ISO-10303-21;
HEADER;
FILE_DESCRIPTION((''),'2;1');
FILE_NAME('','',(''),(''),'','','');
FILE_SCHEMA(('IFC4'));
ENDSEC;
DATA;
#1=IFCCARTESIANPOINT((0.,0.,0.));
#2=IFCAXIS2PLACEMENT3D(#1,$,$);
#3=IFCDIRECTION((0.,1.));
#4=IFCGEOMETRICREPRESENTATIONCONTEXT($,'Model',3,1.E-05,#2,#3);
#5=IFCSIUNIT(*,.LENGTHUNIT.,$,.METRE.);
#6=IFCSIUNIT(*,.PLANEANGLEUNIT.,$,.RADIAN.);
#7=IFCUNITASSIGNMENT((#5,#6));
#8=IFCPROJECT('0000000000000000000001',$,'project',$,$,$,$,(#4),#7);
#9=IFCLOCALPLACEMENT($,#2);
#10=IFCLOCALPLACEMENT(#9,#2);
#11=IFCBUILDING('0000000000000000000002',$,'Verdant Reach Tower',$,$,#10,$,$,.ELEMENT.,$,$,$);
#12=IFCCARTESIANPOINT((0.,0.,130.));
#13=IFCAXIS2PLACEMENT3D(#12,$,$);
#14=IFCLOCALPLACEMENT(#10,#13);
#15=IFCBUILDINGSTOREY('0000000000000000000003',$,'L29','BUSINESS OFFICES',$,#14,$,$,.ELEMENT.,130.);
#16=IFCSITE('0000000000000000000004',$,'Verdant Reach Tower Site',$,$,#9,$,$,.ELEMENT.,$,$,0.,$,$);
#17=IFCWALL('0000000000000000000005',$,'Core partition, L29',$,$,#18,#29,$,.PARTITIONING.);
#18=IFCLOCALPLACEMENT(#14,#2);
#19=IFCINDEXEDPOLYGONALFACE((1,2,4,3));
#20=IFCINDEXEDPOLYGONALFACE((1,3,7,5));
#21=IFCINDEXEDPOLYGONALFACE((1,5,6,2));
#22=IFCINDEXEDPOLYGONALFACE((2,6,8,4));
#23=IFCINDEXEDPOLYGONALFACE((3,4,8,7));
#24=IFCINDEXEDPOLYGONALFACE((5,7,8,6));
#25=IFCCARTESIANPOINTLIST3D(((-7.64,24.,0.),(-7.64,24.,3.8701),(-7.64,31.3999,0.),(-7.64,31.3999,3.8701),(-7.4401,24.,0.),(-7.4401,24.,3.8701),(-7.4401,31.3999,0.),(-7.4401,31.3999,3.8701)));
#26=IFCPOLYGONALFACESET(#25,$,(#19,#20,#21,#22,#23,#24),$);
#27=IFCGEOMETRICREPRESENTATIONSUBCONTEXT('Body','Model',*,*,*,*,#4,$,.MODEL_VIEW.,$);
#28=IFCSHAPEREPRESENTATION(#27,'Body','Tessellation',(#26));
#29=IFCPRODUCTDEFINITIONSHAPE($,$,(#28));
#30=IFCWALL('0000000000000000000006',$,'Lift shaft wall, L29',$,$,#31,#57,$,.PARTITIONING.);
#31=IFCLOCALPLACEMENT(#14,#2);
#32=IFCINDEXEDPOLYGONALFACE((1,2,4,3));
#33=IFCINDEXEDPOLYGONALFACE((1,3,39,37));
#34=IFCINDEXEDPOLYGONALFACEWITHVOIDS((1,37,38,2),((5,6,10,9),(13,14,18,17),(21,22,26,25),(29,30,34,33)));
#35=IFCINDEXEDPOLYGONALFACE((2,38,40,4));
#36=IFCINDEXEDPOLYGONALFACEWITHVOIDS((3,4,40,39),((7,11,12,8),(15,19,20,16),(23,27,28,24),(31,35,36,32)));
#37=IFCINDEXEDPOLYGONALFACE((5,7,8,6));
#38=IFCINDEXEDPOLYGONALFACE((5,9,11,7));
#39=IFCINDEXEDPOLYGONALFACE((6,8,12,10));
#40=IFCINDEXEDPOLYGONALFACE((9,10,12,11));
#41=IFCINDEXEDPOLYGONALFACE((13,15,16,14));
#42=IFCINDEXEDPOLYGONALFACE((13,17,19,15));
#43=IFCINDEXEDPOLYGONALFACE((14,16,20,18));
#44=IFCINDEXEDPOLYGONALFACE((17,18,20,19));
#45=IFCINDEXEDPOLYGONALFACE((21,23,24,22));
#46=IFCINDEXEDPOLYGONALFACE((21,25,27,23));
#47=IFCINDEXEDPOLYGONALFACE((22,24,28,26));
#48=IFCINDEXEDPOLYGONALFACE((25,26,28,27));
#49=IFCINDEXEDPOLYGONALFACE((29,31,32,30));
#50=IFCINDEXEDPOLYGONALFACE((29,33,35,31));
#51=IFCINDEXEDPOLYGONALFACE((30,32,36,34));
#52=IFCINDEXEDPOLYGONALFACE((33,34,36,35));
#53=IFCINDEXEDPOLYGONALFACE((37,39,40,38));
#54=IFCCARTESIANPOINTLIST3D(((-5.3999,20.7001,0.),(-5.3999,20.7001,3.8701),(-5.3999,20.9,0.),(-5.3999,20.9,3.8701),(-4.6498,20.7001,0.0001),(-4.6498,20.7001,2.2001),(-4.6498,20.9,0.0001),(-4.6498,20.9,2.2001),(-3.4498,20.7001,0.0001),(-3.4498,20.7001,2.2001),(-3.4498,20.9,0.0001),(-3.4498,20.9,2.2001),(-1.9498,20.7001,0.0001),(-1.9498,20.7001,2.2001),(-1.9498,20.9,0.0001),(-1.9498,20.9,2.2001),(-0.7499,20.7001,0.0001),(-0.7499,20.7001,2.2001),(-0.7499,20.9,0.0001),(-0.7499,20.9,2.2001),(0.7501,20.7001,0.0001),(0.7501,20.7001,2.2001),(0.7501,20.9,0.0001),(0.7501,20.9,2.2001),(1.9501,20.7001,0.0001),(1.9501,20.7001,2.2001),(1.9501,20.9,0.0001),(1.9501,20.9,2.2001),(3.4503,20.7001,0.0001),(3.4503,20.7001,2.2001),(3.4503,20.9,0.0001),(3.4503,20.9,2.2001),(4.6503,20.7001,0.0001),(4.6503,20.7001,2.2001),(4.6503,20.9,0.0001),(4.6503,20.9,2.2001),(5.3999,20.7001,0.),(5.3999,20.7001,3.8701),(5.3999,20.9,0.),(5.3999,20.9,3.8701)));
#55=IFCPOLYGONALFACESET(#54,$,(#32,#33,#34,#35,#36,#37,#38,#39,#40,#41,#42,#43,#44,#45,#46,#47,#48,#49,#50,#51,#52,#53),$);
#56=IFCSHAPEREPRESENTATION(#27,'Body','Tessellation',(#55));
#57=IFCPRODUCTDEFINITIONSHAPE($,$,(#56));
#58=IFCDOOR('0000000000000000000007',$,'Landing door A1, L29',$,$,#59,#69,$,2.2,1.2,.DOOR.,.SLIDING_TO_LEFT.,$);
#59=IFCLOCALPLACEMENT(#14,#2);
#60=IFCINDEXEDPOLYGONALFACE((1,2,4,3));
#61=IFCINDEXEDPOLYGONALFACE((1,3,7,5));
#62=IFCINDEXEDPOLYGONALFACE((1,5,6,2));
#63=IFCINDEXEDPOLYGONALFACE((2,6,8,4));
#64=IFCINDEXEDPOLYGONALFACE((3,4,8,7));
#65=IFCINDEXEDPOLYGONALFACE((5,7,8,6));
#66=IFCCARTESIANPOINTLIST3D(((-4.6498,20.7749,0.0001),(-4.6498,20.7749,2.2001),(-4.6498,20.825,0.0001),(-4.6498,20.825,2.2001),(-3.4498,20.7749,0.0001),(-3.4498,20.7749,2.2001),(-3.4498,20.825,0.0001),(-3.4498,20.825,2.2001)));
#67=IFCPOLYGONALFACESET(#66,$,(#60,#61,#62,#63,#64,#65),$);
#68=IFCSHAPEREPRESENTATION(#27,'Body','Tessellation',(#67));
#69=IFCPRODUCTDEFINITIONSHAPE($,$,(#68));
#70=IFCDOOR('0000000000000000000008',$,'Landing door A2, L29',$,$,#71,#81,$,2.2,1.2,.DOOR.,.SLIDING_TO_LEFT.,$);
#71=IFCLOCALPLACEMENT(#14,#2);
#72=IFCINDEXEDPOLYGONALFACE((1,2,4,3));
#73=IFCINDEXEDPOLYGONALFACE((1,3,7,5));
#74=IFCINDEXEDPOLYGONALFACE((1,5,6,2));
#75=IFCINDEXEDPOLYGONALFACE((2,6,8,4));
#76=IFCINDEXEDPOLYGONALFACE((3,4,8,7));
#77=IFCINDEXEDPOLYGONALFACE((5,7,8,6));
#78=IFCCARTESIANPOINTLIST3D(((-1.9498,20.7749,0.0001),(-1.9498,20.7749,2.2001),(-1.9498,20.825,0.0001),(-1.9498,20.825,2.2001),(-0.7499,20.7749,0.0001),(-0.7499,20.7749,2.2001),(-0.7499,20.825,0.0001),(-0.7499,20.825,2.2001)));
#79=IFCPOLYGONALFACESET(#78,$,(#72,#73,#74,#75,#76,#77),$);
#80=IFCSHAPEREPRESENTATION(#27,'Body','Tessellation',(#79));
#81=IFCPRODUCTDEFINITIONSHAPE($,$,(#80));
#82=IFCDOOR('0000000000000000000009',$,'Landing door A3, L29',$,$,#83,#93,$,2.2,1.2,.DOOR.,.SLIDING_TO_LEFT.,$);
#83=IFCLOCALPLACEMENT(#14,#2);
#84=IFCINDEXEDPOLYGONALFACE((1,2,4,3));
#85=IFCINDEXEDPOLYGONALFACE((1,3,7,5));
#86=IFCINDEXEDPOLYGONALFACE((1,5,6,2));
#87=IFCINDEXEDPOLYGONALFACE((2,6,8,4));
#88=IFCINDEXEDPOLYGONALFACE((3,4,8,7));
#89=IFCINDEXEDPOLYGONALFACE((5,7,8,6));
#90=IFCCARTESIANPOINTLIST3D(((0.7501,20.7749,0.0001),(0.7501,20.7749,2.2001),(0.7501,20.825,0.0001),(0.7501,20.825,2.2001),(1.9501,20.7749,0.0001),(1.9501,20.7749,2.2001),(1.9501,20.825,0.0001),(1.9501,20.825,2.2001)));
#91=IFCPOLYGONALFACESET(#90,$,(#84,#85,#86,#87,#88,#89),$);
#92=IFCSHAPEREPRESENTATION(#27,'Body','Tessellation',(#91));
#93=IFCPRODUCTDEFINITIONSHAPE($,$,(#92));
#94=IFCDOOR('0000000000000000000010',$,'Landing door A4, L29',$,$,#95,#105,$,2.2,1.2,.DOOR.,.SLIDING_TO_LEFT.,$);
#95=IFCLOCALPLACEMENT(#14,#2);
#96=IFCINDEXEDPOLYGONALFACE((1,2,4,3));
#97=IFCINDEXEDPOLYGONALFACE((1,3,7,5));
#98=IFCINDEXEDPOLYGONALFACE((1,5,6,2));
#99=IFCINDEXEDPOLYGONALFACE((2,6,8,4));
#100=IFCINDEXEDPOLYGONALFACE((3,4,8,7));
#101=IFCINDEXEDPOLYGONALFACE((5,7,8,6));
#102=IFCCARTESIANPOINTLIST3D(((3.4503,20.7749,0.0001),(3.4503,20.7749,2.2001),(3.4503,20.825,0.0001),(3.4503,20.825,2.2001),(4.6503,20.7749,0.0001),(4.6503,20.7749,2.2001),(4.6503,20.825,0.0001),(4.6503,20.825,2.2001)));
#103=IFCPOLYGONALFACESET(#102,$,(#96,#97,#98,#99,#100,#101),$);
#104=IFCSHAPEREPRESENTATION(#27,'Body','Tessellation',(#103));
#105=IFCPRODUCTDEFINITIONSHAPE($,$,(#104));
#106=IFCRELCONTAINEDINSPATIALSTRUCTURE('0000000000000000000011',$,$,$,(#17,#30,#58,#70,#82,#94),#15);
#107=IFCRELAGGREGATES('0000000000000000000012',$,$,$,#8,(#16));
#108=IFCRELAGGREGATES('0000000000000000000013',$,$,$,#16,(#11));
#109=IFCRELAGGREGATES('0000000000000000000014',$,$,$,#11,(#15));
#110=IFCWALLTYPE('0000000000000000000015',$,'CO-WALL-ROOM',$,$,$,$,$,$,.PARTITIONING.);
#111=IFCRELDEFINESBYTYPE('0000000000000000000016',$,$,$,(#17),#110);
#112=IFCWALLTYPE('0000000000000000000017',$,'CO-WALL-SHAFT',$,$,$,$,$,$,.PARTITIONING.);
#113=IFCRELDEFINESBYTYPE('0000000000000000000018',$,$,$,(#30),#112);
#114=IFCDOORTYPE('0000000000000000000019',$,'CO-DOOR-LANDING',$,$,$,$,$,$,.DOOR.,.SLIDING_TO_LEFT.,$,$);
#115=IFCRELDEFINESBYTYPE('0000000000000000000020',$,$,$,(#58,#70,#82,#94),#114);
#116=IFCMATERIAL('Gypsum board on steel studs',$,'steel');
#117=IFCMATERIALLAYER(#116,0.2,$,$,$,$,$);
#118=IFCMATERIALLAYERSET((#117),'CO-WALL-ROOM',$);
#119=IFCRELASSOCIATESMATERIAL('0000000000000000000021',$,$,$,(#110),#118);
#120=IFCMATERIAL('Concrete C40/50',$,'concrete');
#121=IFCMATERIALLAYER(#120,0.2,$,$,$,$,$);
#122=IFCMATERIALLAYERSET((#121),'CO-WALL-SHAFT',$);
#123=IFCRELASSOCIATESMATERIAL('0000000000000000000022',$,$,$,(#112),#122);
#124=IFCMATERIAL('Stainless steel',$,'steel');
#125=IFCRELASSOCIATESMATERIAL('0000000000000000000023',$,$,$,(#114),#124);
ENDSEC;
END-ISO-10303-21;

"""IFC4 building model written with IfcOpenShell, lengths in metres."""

from ifc_helpers import new_model, si_unit, direction, frame, frame_2d, origin, place, context, subcontext, project, spatial, rectangle, extrude, material, layer, layer_set, type_object, element, fill, save


model = new_model("IFC4")

# Units and contexts
model_context = context("Model", 3, precision=1e-05, world=origin(), true_north=direction((0.0, 1.0)))
body_context = subcontext(model_context, "Body", "Model", "MODEL_VIEW")
ifc_project = project(units=[si_unit("LENGTHUNIT", "METRE"), si_unit("PLANEANGLEUNIT", "RADIAN")], contexts=[model_context])

# Site, building, storey
site_placement = place(None, origin())
site = spatial("IfcSite", under=ifc_project, at=site_placement, Name="Verdant Reach Tower Site", CompositionType="ELEMENT", RefElevation=0.0)
building_placement = place(site_placement, origin())
building = spatial("IfcBuilding", under=site, at=building_placement, Name="Verdant Reach Tower", CompositionType="ELEMENT")
storey_placement = place(building_placement, frame((0.0, 0.0, 130.0)))
storey = spatial("IfcBuildingStorey", under=building, at=storey_placement, Name="L29", Description="BUSINESS OFFICES", CompositionType="ELEMENT", Elevation=130.0)

# Wall
ifc_material_1 = material(Name="Gypsum board on steel studs", Category="steel")
ifc_layer_1 = layer(ifc_material_1, 0.2)
ifc_layer_set_1 = layer_set([ifc_layer_1], Name="CO-WALL-ROOM")
wall_type_1 = type_object("IfcWallType", Name="CO-WALL-ROOM", PredefinedType="PARTITIONING", material=ifc_layer_set_1)
wall_1_placement = place(storey_placement, frame((-7.54, 24.0, 0.0), z_axis=(0.0, 0.0, 1.0), x_axis=(0.0, 1.0, 0.0)))
element("IfcWall", 1, at=wall_1_placement, inside=storey, type_object=wall_type_1, Name="Core partition, L29", PredefinedType="PARTITIONING", context=body_context, shape_type="SweptSolid", body=[
    extrude(rectangle(XDim=7.3999, YDim=0.2, at=frame_2d((3.7, 0.0))), origin(), (0.0, 0.0, 1.0), 3.8701),
])

# Wall, openings, doors
ifc_material_2 = material(Name="Concrete C40/50", Category="concrete")
ifc_layer_2 = layer(ifc_material_2, 0.2)
ifc_layer_set_2 = layer_set([ifc_layer_2], Name="CO-WALL-SHAFT")
wall_type_2 = type_object("IfcWallType", Name="CO-WALL-SHAFT", PredefinedType="PARTITIONING", material=ifc_layer_set_2)
wall_2_placement = place(storey_placement, frame((-5.3999, 20.8, 0.0), z_axis=(0.0, 0.0, 1.0), x_axis=(1.0, 0.0, 0.0)))
wall_2 = element("IfcWall", 2, at=wall_2_placement, inside=storey, type_object=wall_type_2, Name="Lift shaft wall, L29", PredefinedType="PARTITIONING", context=body_context, shape_type="SweptSolid", body=[
    extrude(rectangle(XDim=10.7998, YDim=0.2, at=frame_2d((5.3999, 0.0))), origin(), (0.0, 0.0, 1.0), 3.8701),
])
opening_1_placement = place(wall_2_placement, frame((0.75, 0.0, 0.0)))
opening_1 = element("IfcOpeningElement", 3, at=opening_1_placement, cuts=wall_2, PredefinedType="OPENING", context=body_context, shape_type="SweptSolid", body=[
    extrude(rectangle(XDim=1.2, YDim=2.2, at=frame_2d((0.6001, 1.1001))), frame((0.0, 0.1099, 0.0), z_axis=(0.0, -1.0, 0.0), x_axis=(1.0, 0.0, 0.0)), (0.0, 0.0, 1.0), 0.22),
])
opening_2_placement = place(wall_2_placement, frame((3.45, 0.0, 0.0)))
opening_2 = element("IfcOpeningElement", 4, at=opening_2_placement, cuts=wall_2, PredefinedType="OPENING", context=body_context, shape_type="SweptSolid", body=[
    extrude(rectangle(XDim=1.2, YDim=2.2, at=frame_2d((0.6001, 1.1001))), frame((0.0, 0.1099, 0.0), z_axis=(0.0, -1.0, 0.0), x_axis=(1.0, 0.0, 0.0)), (0.0, 0.0, 1.0), 0.22),
])
opening_3_placement = place(wall_2_placement, frame((6.1499, 0.0, 0.0)))
opening_3 = element("IfcOpeningElement", 5, at=opening_3_placement, cuts=wall_2, PredefinedType="OPENING", context=body_context, shape_type="SweptSolid", body=[
    extrude(rectangle(XDim=1.2, YDim=2.2, at=frame_2d((0.6001, 1.1001))), frame((0.0, 0.1099, 0.0), z_axis=(0.0, -1.0, 0.0), x_axis=(1.0, 0.0, 0.0)), (0.0, 0.0, 1.0), 0.22),
])
opening_4_placement = place(wall_2_placement, frame((8.8501, 0.0, 0.0)))
opening_4 = element("IfcOpeningElement", 6, at=opening_4_placement, cuts=wall_2, PredefinedType="OPENING", context=body_context, shape_type="SweptSolid", body=[
    extrude(rectangle(XDim=1.2, YDim=2.2, at=frame_2d((0.6001, 1.1001))), frame((0.0, 0.1099, 0.0), z_axis=(0.0, -1.0, 0.0), x_axis=(1.0, 0.0, 0.0)), (0.0, 0.0, 1.0), 0.22),
])
ifc_material_3 = material(Name="Stainless steel", Category="steel")
door_type_1 = type_object("IfcDoorType", Name="CO-DOOR-LANDING", OperationType="SLIDING_TO_LEFT", PredefinedType="DOOR", material=ifc_material_3)
door_1_placement = place(opening_1_placement, origin())
door_1 = element("IfcDoor", 7, at=door_1_placement, inside=storey, type_object=door_type_1, Name="Landing door A1, L29", OperationType="SLIDING_TO_LEFT", OverallHeight=2.2, OverallWidth=1.2, PredefinedType="DOOR", context=body_context, shape_type="SweptSolid", body=[
    extrude(rectangle(XDim=1.2, YDim=2.2, at=frame_2d((0.6001, 1.1001))), frame((0.0, 0.0249, 0.0), z_axis=(0.0, -1.0, 0.0), x_axis=(1.0, 0.0, 0.0)), (0.0, 0.0, 1.0), 0.05),
])
fill(opening_1, door_1)
door_2_placement = place(opening_2_placement, origin())
door_2 = element("IfcDoor", 8, at=door_2_placement, inside=storey, type_object=door_type_1, Name="Landing door A2, L29", OperationType="SLIDING_TO_LEFT", OverallHeight=2.2, OverallWidth=1.2, PredefinedType="DOOR", context=body_context, shape_type="SweptSolid", body=[
    extrude(rectangle(XDim=1.2, YDim=2.2, at=frame_2d((0.6001, 1.1001))), frame((0.0, 0.0249, 0.0), z_axis=(0.0, -1.0, 0.0), x_axis=(1.0, 0.0, 0.0)), (0.0, 0.0, 1.0), 0.05),
])
fill(opening_2, door_2)
door_3_placement = place(opening_3_placement, origin())
door_3 = element("IfcDoor", 9, at=door_3_placement, inside=storey, type_object=door_type_1, Name="Landing door A3, L29", OperationType="SLIDING_TO_LEFT", OverallHeight=2.2, OverallWidth=1.2, PredefinedType="DOOR", context=body_context, shape_type="SweptSolid", body=[
    extrude(rectangle(XDim=1.2, YDim=2.2, at=frame_2d((0.6001, 1.1001))), frame((0.0, 0.0249, 0.0), z_axis=(0.0, -1.0, 0.0), x_axis=(1.0, 0.0, 0.0)), (0.0, 0.0, 1.0), 0.05),
])
fill(opening_3, door_3)
door_4_placement = place(opening_4_placement, origin())
door_4 = element("IfcDoor", 10, at=door_4_placement, inside=storey, type_object=door_type_1, Name="Landing door A4, L29", OperationType="SLIDING_TO_LEFT", OverallHeight=2.2, OverallWidth=1.2, PredefinedType="DOOR", context=body_context, shape_type="SweptSolid", body=[
    extrude(rectangle(XDim=1.2, YDim=2.2, at=frame_2d((0.6001, 1.1001))), frame((0.0, 0.0249, 0.0), z_axis=(0.0, -1.0, 0.0), x_axis=(1.0, 0.0, 0.0)), (0.0, 0.0, 1.0), 0.05),
])
fill(opening_4, door_4)

save(model, "model.ifc")
